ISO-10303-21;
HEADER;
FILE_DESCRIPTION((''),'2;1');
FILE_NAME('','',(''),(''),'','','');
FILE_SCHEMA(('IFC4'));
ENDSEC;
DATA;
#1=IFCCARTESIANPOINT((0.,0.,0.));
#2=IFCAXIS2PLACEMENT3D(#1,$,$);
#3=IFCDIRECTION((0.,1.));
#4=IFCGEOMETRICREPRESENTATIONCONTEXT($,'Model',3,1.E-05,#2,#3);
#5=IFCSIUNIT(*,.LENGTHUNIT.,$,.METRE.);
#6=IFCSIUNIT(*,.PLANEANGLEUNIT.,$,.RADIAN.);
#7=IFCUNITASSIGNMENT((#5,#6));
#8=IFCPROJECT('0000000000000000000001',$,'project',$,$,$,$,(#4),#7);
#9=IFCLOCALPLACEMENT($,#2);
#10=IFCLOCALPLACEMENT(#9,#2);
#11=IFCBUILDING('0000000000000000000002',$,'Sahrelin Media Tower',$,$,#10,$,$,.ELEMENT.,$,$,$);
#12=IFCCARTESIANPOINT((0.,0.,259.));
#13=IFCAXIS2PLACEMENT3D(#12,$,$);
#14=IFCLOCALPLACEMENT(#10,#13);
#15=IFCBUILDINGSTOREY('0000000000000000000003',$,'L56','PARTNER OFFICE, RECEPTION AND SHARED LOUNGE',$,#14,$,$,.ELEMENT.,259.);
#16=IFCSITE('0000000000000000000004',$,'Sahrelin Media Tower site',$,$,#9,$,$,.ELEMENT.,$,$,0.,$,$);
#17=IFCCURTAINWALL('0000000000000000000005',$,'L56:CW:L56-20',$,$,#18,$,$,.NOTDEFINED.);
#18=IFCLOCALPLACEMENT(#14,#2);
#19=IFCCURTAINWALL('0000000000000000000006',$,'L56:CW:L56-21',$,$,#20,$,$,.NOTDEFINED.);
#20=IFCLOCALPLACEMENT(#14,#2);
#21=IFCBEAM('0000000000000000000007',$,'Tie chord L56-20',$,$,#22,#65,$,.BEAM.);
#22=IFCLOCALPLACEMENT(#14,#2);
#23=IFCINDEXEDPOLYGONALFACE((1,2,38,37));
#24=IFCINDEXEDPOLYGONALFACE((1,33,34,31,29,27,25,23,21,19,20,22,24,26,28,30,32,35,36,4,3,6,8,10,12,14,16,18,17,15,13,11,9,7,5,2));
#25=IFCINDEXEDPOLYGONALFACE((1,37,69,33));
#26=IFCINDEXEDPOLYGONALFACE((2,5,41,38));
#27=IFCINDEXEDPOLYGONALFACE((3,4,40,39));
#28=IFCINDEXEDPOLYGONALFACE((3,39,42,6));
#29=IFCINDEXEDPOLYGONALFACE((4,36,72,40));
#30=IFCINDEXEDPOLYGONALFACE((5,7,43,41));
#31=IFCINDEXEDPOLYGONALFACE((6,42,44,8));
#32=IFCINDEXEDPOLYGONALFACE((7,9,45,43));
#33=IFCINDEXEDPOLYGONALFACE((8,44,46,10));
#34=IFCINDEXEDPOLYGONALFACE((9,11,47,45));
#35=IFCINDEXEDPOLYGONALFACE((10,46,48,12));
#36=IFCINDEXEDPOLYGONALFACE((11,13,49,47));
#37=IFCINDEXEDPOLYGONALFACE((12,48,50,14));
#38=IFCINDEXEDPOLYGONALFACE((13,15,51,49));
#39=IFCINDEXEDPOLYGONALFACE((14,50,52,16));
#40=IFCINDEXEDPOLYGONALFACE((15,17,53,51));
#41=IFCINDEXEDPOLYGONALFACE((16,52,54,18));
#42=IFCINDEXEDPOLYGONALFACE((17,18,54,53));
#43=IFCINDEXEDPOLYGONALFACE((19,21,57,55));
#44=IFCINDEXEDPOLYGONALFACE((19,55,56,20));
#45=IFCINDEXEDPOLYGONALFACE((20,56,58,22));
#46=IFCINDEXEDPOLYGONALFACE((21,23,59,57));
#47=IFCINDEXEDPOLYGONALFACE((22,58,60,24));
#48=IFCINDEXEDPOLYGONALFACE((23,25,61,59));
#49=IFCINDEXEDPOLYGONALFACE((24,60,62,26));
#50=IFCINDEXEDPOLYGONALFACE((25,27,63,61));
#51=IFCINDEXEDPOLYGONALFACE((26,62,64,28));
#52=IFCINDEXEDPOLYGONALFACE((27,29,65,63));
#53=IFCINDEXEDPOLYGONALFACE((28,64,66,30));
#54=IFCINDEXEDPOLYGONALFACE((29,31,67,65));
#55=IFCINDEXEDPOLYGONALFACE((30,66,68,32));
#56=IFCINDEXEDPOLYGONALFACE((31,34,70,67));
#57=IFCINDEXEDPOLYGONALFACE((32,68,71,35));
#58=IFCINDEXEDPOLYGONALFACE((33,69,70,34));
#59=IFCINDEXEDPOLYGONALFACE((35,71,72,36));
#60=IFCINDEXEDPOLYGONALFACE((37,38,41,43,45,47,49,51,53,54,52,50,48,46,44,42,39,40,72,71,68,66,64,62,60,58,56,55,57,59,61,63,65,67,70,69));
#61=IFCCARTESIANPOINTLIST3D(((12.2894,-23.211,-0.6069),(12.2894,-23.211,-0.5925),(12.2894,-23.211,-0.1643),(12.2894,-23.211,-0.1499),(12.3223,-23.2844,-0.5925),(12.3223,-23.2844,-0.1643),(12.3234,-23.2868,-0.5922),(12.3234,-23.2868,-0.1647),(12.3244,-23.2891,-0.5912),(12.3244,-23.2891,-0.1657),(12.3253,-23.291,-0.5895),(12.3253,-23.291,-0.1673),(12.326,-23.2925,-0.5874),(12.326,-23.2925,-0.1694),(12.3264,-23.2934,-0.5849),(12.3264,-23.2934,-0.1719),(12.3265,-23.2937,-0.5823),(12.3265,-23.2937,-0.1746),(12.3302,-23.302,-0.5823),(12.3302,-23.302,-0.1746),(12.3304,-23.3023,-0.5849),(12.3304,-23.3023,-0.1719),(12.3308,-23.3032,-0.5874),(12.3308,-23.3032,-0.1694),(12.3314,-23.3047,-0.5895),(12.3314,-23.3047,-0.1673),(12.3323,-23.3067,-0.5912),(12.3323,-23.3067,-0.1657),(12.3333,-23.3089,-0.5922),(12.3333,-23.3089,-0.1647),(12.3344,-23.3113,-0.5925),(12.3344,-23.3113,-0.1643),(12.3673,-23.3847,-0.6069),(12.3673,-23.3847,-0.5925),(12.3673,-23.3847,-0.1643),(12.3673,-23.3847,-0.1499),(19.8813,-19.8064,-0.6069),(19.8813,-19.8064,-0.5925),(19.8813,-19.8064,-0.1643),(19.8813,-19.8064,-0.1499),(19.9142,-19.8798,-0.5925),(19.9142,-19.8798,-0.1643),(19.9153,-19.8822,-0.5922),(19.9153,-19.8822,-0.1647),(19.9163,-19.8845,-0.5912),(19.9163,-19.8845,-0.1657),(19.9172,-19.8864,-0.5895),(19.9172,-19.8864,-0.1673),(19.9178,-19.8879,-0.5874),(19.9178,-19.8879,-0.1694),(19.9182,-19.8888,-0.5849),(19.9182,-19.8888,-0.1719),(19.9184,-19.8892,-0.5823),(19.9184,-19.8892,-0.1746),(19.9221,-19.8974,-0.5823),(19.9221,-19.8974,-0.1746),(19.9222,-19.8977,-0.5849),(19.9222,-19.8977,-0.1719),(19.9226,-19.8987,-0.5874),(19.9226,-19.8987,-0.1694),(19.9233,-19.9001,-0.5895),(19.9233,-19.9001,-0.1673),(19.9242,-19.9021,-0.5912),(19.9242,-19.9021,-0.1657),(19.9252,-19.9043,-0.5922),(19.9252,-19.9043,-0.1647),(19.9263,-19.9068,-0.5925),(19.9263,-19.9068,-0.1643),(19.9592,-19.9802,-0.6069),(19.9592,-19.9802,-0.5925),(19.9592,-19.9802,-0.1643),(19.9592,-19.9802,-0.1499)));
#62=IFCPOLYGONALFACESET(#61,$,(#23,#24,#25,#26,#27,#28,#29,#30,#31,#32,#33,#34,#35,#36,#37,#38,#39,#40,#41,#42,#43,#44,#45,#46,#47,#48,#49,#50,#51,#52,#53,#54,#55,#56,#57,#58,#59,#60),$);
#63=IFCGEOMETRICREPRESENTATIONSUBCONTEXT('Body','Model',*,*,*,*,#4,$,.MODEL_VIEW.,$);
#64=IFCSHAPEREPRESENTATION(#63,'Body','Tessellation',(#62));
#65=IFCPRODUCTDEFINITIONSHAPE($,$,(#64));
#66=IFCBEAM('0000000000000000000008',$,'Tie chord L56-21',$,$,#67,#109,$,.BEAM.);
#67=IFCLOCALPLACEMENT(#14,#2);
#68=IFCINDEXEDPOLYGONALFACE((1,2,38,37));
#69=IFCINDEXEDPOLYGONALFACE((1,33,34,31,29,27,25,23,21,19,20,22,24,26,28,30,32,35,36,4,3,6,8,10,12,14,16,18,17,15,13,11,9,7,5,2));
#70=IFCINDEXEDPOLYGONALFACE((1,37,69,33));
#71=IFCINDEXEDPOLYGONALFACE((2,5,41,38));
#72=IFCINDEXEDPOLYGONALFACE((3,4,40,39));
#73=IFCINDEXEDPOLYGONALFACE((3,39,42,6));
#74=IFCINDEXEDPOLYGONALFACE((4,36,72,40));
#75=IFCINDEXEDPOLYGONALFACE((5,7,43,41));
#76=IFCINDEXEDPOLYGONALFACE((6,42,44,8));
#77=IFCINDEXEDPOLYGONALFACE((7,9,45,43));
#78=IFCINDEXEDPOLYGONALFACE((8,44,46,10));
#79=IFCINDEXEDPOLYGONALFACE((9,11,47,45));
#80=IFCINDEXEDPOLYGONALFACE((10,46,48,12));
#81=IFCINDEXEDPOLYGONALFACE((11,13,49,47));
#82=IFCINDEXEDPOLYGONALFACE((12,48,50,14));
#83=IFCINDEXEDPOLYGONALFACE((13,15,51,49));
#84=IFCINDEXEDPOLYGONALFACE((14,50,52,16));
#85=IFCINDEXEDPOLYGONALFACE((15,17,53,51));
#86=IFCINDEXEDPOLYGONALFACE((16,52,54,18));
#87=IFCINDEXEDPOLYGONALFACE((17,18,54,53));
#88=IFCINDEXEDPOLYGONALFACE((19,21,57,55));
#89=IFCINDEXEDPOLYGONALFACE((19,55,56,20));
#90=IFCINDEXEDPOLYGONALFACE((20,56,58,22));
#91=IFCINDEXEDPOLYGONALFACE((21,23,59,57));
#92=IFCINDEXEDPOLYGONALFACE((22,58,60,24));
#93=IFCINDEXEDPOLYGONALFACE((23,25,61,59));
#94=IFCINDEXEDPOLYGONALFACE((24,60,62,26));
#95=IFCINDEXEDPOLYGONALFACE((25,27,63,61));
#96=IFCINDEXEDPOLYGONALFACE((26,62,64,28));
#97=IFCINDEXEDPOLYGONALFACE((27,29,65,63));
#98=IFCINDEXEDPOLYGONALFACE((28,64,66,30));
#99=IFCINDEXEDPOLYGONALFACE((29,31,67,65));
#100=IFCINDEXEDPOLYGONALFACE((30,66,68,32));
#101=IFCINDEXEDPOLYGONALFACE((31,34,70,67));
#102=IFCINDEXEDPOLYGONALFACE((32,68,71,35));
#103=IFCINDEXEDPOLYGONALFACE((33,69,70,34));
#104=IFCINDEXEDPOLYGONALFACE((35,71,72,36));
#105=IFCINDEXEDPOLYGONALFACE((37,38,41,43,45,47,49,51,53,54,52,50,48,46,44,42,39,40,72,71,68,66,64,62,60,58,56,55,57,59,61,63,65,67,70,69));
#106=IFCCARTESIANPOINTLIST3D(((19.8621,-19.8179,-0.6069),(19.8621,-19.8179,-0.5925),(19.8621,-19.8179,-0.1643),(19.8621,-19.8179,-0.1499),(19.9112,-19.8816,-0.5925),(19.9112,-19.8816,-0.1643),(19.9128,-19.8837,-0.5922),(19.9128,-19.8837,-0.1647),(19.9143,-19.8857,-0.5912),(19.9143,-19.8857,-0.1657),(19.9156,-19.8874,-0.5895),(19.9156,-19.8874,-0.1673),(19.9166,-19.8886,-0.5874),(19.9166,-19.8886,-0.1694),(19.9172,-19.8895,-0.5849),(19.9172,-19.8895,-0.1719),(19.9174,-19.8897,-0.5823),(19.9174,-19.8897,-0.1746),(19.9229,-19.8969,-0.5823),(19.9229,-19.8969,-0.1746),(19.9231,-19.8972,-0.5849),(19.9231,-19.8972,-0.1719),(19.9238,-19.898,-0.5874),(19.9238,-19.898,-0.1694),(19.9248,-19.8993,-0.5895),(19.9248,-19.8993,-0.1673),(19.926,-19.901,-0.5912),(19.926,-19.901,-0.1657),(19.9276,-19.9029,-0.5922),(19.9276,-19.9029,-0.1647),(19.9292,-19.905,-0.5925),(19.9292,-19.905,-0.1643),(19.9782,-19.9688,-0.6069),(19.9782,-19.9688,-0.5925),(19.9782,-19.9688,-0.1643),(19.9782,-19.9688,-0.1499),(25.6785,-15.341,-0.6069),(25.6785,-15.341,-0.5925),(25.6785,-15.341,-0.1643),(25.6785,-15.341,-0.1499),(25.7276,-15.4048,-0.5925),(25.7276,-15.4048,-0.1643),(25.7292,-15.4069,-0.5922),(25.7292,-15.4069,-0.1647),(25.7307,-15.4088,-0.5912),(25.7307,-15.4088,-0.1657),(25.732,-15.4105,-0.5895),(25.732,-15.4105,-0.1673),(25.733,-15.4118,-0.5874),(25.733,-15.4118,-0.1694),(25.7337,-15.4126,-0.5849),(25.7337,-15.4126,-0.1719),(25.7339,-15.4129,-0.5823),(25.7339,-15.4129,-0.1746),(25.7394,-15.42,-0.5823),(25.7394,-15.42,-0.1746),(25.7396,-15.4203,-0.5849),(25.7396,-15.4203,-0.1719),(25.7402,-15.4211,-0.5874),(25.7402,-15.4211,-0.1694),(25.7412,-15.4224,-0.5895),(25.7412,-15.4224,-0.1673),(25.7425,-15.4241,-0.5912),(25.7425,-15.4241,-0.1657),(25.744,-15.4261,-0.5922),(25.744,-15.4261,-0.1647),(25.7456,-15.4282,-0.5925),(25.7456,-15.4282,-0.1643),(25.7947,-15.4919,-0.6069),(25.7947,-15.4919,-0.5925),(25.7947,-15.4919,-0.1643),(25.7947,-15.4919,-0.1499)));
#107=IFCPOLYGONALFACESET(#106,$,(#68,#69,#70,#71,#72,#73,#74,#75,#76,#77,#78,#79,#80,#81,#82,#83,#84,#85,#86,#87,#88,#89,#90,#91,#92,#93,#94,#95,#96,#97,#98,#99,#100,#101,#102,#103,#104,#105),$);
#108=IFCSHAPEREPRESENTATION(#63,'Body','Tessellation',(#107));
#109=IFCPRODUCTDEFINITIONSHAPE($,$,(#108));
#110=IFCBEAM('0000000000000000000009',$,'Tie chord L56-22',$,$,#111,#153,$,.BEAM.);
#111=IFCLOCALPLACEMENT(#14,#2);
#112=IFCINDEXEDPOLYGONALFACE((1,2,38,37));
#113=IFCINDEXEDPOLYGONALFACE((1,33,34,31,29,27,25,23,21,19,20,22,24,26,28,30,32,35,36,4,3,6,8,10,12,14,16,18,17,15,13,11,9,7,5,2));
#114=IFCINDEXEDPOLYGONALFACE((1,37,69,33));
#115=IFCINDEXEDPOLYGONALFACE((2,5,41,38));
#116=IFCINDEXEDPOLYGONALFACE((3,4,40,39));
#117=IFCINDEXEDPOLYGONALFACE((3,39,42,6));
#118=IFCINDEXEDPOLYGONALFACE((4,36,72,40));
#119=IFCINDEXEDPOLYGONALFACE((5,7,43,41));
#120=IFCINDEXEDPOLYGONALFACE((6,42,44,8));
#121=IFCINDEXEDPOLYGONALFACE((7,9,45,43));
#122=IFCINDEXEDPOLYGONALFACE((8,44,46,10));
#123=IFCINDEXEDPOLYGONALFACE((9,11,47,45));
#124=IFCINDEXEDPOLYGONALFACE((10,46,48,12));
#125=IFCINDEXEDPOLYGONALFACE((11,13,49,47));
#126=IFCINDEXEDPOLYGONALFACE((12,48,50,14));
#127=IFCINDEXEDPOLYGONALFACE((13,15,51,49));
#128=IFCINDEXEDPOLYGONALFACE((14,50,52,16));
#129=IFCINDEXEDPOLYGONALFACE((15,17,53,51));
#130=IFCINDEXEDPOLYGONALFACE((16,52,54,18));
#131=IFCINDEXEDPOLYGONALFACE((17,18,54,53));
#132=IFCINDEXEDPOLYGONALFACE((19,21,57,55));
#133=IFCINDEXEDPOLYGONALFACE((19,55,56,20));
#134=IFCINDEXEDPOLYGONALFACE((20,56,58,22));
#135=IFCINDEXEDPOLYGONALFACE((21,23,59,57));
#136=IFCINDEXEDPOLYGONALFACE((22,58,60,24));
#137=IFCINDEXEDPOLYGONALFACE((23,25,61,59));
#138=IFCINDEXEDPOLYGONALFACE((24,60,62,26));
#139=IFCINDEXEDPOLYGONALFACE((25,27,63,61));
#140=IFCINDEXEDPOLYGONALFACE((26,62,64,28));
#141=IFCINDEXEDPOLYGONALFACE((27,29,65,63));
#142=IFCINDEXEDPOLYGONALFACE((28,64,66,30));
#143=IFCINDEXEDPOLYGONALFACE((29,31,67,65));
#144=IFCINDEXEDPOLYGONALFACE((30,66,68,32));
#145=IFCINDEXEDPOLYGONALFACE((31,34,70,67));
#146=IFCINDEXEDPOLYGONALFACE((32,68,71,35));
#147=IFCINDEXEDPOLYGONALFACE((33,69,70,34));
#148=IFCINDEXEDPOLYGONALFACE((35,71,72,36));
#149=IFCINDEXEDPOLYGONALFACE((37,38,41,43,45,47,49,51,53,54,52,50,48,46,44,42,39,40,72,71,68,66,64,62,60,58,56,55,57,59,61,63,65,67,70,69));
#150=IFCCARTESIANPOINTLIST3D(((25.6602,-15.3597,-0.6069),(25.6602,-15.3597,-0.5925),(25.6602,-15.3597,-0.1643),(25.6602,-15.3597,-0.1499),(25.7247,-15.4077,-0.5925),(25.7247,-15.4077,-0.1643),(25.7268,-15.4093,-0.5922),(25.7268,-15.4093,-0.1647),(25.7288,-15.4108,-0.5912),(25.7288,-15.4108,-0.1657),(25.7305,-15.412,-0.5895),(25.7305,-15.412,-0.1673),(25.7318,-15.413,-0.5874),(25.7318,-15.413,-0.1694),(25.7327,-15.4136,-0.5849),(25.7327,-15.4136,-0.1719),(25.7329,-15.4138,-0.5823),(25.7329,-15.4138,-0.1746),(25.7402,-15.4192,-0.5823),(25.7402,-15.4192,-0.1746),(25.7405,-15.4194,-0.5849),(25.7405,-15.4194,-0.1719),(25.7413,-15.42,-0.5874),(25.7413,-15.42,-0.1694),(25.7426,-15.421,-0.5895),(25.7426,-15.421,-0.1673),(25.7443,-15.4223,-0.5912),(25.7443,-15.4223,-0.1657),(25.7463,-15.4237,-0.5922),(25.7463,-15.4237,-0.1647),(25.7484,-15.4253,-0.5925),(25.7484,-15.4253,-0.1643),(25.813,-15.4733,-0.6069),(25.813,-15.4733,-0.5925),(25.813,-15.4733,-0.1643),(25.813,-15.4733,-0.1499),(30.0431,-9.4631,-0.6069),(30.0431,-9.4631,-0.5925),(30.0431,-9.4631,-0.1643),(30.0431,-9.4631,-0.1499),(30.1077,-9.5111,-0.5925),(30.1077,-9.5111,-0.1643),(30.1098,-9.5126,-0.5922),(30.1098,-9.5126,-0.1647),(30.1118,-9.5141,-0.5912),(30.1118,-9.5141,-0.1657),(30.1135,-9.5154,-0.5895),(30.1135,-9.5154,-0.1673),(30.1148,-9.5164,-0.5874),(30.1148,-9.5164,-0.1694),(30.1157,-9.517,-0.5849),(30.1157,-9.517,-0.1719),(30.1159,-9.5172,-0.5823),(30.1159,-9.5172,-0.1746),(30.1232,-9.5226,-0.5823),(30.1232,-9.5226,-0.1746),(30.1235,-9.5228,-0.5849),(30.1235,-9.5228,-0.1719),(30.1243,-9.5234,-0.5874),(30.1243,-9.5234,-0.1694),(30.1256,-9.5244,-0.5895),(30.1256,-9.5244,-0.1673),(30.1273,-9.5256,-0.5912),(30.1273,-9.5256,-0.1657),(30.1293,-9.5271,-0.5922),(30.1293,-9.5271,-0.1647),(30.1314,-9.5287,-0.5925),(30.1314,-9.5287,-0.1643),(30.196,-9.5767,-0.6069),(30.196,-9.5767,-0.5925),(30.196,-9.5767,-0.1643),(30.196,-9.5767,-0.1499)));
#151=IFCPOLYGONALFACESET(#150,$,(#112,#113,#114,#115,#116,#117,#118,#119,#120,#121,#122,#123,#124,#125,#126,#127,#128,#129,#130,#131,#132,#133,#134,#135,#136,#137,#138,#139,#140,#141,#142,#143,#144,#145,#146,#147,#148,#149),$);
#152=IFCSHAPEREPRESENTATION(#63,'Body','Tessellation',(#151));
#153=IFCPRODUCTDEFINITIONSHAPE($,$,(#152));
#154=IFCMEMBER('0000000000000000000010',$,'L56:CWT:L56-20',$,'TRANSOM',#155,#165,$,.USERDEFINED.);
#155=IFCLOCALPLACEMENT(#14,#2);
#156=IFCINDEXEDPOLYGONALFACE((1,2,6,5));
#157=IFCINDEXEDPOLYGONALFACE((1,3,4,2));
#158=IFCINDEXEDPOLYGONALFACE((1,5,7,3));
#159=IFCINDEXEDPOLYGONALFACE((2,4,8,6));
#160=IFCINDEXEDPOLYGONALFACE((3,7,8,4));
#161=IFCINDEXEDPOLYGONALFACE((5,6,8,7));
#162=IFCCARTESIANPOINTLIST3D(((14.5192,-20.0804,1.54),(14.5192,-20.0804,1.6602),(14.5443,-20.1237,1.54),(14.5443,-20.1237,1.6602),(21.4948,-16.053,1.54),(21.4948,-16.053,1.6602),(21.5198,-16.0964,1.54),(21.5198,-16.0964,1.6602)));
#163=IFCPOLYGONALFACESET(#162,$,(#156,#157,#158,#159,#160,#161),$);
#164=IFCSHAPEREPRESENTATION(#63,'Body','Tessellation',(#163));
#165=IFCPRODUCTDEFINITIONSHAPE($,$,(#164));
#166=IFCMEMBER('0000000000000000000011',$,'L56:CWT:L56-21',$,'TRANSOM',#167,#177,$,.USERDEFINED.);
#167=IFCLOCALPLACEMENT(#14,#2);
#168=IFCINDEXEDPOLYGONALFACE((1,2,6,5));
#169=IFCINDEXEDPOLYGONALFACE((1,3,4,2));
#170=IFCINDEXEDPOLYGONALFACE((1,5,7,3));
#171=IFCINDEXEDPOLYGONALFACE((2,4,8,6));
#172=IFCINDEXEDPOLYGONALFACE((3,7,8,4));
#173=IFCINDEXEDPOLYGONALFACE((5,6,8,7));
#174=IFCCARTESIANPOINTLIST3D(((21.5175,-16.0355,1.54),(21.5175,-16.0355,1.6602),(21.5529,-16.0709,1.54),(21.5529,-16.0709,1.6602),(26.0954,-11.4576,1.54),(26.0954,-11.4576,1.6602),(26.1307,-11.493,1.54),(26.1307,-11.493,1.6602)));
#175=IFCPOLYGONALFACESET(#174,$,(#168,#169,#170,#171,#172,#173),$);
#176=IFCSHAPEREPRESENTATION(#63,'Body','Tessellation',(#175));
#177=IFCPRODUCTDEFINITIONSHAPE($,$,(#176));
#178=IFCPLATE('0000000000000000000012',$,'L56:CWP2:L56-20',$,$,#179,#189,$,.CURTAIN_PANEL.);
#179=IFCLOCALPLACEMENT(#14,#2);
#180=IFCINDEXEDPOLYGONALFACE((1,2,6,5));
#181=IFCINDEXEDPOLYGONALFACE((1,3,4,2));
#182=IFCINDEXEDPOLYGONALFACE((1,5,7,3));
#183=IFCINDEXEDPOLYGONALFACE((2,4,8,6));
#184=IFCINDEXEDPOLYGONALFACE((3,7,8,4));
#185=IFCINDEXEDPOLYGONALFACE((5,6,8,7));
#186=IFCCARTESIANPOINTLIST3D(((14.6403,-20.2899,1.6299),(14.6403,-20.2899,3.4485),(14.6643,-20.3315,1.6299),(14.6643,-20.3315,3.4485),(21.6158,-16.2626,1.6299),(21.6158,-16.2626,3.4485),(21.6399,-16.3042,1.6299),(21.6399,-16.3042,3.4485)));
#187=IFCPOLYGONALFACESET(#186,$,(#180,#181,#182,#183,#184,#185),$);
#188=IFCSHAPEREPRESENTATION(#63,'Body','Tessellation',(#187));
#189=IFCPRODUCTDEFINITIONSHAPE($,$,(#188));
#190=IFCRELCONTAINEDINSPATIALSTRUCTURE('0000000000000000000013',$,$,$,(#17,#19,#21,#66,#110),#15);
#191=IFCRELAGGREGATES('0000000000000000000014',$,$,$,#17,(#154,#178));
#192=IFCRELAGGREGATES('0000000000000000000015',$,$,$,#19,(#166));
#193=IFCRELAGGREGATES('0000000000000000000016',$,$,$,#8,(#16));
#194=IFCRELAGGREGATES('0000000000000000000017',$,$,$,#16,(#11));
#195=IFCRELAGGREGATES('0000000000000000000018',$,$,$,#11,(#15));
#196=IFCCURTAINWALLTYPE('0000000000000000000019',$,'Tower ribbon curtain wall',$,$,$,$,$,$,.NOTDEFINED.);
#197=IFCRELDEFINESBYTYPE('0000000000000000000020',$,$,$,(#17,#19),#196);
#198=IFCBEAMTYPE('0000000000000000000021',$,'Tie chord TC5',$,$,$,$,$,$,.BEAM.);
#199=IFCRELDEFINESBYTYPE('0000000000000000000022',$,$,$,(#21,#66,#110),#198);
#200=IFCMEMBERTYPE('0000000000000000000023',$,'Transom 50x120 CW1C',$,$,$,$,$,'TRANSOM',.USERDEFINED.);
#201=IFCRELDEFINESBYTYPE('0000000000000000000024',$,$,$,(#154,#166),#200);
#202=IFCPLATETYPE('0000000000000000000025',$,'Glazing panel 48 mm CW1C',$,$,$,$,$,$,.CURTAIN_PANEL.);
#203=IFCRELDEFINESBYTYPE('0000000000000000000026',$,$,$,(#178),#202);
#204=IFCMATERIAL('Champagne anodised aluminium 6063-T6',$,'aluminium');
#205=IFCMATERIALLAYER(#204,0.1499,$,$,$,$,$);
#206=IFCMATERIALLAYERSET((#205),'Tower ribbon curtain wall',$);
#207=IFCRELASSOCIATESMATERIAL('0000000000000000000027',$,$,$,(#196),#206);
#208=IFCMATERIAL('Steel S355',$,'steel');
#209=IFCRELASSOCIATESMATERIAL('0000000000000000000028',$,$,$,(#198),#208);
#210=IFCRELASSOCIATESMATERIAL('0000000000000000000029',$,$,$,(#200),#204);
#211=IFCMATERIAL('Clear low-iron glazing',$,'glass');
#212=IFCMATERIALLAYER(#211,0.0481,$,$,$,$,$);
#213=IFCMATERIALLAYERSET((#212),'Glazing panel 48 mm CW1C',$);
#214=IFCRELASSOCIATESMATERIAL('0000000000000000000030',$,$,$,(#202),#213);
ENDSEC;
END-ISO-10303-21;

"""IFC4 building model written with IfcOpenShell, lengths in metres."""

from ifc_helpers import new_model, si_unit, direction, frame, origin, origin_2d, place, context, subcontext, project, spatial, polyline, rectangle, i_section, outline, extrude, material, layer, layer_set, material_profile, profile_set, type_object, element, aggregate, save


model = new_model("IFC4")

# Units and contexts
model_context = context("Model", 3, precision=1e-05, world=origin(), true_north=direction((0.0, 1.0)))
body_context = subcontext(model_context, "Body", "Model", "MODEL_VIEW")
ifc_project = project(units=[si_unit("LENGTHUNIT", "METRE"), si_unit("PLANEANGLEUNIT", "RADIAN")], contexts=[model_context])

# Site, building, storey
site_placement = place(None, origin())
site = spatial("IfcSite", under=ifc_project, at=site_placement, Name="Sahrelin Media Tower site", CompositionType="ELEMENT", RefElevation=0.0)
building_placement = place(site_placement, origin())
building = spatial("IfcBuilding", under=site, at=building_placement, Name="Sahrelin Media Tower", CompositionType="ELEMENT")
storey_placement = place(building_placement, frame((0.0, 0.0, 259.0)))
storey = spatial("IfcBuildingStorey", under=building, at=storey_placement, Name="L56", Description="PARTNER OFFICE, RECEPTION AND SHARED LOUNGE", CompositionType="ELEMENT", Elevation=259.0)

# Shared definitions
ifc_material_1 = material(Name="Steel S355", Category="steel")

# Curtain walls
ifc_material_2 = material(Name="Champagne anodised aluminium 6063-T6", Category="aluminium")
ifc_layer_1 = layer(ifc_material_2, 0.1499)
ifc_layer_set_1 = layer_set([ifc_layer_1], Name="Tower ribbon curtain wall")
curtain_wall_type = type_object("IfcCurtainWallType", Name="Tower ribbon curtain wall", PredefinedType="NOTDEFINED", material=ifc_layer_set_1)
curtain_wall_1_placement = place(storey_placement, frame((18.1421, -18.3005, 0.0), z_axis=(0.0, 0.0, 1.0), x_axis=(1.0, 0.0, 0.0)))
curtain_wall_1 = element("IfcCurtainWall", 1, at=curtain_wall_1_placement, inside=storey, type_object=curtain_wall_type, Name="L56:CW:L56-20", PredefinedType="NOTDEFINED")
curtain_wall_2_placement = place(storey_placement, frame((23.9973, -13.9375, 0.0), z_axis=(0.0, 0.0, 1.0), x_axis=(1.0, 0.0, 0.0)))
curtain_wall_2 = element("IfcCurtainWall", 2, at=curtain_wall_2_placement, inside=storey, type_object=curtain_wall_type, Name="L56:CW:L56-21", PredefinedType="NOTDEFINED")

# Beams
ifc_material_profile_1 = material_profile(ifc_material_1, i_section(OverallWidth=0.1904, OverallDepth=0.457, WebThickness=0.009, FlangeThickness=0.0144, FilletRadius=0.0103, at=origin_2d()), Name="UB 457x191x74")
ifc_profile_set_1 = profile_set([ifc_material_profile_1], Name="Steel S355")
beam_type_1 = type_object("IfcBeamType", Name="Tie chord TC5", PredefinedType="BEAM", material=ifc_profile_set_1)
beam_1_placement = place(storey_placement, frame((12.3284, -23.2979, -0.3784), z_axis=(0.91245, 0.409188, 0.0), x_axis=(-0.409188, 0.91245, 0.0)))
element("IfcBeam", 3, at=beam_1_placement, inside=storey, type_object=beam_type_1, Name="Tie chord L56-20", PredefinedType="BEAM", context=body_context, shape_type="SweptSolid", body=[
    extrude(i_section(OverallWidth=0.1904, OverallDepth=0.457, WebThickness=0.009, FlangeThickness=0.0144, FilletRadius=0.0103, at=origin_2d()), origin(), (0.0, 0.0, 1.0), 8.3203),
])
beam_2_placement = place(storey_placement, frame((19.9202, -19.8933, -0.3784), z_axis=(0.79245, 0.609937, 0.0), x_axis=(-0.609937, 0.79245, 0.0)))
element("IfcBeam", 4, at=beam_2_placement, inside=storey, type_object=beam_type_1, Name="Tie chord L56-21", PredefinedType="BEAM", context=body_context, shape_type="SweptSolid", body=[
    extrude(i_section(OverallWidth=0.1904, OverallDepth=0.457, WebThickness=0.009, FlangeThickness=0.0144, FilletRadius=0.0103, at=origin_2d()), origin(), (0.0, 0.0, 1.0), 7.3398),
])
beam_3_placement = place(storey_placement, frame((25.7366, -15.4165, -0.3784), z_axis=(0.596555, 0.802572, 0.0), x_axis=(-0.802572, 0.596555, 0.0)))
element("IfcBeam", 5, at=beam_3_placement, inside=storey, type_object=beam_type_1, Name="Tie chord L56-22", PredefinedType="BEAM", context=body_context, shape_type="SweptSolid", body=[
    extrude(i_section(OverallWidth=0.1904, OverallDepth=0.457, WebThickness=0.009, FlangeThickness=0.0144, FilletRadius=0.0103, at=origin_2d()), origin(), (0.0, 0.0, 1.0), 7.3472),
])

# Members
ifc_material_profile_2 = material_profile(ifc_material_2, rectangle(XDim=0.05, YDim=0.1201, at=origin_2d()), Name="Transom 50x120")
ifc_profile_set_2 = profile_set([ifc_material_profile_2], Name="Champagne anodised aluminium 6063-T6")
member_type_1 = type_object("IfcMemberType", Name="Transom 50x120 CW1C", ElementType="TRANSOM", PredefinedType="USERDEFINED", material=ifc_profile_set_2)
member_1_placement = place(storey_placement, frame((14.5317, -20.1021, 1.6001), z_axis=(0.866026, 0.499999, 0.0), x_axis=(-0.499999, 0.866026, 0.0)))
member_1 = element("IfcMember", 6, at=member_1_placement, type_object=member_type_1, Name="L56:CWT:L56-20", ObjectType="TRANSOM", PredefinedType="USERDEFINED", context=body_context, shape_type="SweptSolid", body=[
    extrude(rectangle(XDim=0.05, YDim=0.1201, at=origin_2d()), origin(), (0.0, 0.0, 1.0), 8.0547),
])
member_2_placement = place(storey_placement, frame((21.5352, -16.0532, 1.6001), z_axis=(0.707107, 0.707107, 0.0), x_axis=(-0.707107, 0.707107, 0.0)))
member_2 = element("IfcMember", 7, at=member_2_placement, type_object=member_type_1, Name="L56:CWT:L56-21", ObjectType="TRANSOM", PredefinedType="USERDEFINED", context=body_context, shape_type="SweptSolid", body=[
    extrude(rectangle(XDim=0.05, YDim=0.1201, at=origin_2d()), origin(), (0.0, 0.0, 1.0), 6.4741),
])

# Plate
ifc_material_3 = material(Name="Clear low-iron glazing", Category="glass")
ifc_layer_2 = layer(ifc_material_3, 0.0481)
ifc_layer_set_2 = layer_set([ifc_layer_2], Name="Glazing panel 48 mm CW1C")
plate_type_1 = type_object("IfcPlateType", Name="Glazing panel 48 mm CW1C", PredefinedType="CURTAIN_PANEL", material=ifc_layer_set_2)
plate_1_placement = place(storey_placement, frame((14.6643, -20.3315, 1.6299), z_axis=(0.499999, -0.866026, 0.0), x_axis=(0.866026, 0.499999, 0.0)))
plate_1 = element("IfcPlate", 8, at=plate_1_placement, type_object=plate_type_1, Name="L56:CWP2:L56-20", PredefinedType="CURTAIN_PANEL", context=body_context, shape_type="SweptSolid", body=[
    extrude(outline(polyline([(0.0, 0.0), (8.0547, 0.0), (8.0547, 1.8186), (0.0, 1.8186), (0.0, 0.0)])), origin(), (0.0, 0.0, -1.0), 0.0481),
])
aggregate(curtain_wall_1, [member_1, plate_1])
aggregate(curtain_wall_2, [member_2])

save(model, "model.ifc")
